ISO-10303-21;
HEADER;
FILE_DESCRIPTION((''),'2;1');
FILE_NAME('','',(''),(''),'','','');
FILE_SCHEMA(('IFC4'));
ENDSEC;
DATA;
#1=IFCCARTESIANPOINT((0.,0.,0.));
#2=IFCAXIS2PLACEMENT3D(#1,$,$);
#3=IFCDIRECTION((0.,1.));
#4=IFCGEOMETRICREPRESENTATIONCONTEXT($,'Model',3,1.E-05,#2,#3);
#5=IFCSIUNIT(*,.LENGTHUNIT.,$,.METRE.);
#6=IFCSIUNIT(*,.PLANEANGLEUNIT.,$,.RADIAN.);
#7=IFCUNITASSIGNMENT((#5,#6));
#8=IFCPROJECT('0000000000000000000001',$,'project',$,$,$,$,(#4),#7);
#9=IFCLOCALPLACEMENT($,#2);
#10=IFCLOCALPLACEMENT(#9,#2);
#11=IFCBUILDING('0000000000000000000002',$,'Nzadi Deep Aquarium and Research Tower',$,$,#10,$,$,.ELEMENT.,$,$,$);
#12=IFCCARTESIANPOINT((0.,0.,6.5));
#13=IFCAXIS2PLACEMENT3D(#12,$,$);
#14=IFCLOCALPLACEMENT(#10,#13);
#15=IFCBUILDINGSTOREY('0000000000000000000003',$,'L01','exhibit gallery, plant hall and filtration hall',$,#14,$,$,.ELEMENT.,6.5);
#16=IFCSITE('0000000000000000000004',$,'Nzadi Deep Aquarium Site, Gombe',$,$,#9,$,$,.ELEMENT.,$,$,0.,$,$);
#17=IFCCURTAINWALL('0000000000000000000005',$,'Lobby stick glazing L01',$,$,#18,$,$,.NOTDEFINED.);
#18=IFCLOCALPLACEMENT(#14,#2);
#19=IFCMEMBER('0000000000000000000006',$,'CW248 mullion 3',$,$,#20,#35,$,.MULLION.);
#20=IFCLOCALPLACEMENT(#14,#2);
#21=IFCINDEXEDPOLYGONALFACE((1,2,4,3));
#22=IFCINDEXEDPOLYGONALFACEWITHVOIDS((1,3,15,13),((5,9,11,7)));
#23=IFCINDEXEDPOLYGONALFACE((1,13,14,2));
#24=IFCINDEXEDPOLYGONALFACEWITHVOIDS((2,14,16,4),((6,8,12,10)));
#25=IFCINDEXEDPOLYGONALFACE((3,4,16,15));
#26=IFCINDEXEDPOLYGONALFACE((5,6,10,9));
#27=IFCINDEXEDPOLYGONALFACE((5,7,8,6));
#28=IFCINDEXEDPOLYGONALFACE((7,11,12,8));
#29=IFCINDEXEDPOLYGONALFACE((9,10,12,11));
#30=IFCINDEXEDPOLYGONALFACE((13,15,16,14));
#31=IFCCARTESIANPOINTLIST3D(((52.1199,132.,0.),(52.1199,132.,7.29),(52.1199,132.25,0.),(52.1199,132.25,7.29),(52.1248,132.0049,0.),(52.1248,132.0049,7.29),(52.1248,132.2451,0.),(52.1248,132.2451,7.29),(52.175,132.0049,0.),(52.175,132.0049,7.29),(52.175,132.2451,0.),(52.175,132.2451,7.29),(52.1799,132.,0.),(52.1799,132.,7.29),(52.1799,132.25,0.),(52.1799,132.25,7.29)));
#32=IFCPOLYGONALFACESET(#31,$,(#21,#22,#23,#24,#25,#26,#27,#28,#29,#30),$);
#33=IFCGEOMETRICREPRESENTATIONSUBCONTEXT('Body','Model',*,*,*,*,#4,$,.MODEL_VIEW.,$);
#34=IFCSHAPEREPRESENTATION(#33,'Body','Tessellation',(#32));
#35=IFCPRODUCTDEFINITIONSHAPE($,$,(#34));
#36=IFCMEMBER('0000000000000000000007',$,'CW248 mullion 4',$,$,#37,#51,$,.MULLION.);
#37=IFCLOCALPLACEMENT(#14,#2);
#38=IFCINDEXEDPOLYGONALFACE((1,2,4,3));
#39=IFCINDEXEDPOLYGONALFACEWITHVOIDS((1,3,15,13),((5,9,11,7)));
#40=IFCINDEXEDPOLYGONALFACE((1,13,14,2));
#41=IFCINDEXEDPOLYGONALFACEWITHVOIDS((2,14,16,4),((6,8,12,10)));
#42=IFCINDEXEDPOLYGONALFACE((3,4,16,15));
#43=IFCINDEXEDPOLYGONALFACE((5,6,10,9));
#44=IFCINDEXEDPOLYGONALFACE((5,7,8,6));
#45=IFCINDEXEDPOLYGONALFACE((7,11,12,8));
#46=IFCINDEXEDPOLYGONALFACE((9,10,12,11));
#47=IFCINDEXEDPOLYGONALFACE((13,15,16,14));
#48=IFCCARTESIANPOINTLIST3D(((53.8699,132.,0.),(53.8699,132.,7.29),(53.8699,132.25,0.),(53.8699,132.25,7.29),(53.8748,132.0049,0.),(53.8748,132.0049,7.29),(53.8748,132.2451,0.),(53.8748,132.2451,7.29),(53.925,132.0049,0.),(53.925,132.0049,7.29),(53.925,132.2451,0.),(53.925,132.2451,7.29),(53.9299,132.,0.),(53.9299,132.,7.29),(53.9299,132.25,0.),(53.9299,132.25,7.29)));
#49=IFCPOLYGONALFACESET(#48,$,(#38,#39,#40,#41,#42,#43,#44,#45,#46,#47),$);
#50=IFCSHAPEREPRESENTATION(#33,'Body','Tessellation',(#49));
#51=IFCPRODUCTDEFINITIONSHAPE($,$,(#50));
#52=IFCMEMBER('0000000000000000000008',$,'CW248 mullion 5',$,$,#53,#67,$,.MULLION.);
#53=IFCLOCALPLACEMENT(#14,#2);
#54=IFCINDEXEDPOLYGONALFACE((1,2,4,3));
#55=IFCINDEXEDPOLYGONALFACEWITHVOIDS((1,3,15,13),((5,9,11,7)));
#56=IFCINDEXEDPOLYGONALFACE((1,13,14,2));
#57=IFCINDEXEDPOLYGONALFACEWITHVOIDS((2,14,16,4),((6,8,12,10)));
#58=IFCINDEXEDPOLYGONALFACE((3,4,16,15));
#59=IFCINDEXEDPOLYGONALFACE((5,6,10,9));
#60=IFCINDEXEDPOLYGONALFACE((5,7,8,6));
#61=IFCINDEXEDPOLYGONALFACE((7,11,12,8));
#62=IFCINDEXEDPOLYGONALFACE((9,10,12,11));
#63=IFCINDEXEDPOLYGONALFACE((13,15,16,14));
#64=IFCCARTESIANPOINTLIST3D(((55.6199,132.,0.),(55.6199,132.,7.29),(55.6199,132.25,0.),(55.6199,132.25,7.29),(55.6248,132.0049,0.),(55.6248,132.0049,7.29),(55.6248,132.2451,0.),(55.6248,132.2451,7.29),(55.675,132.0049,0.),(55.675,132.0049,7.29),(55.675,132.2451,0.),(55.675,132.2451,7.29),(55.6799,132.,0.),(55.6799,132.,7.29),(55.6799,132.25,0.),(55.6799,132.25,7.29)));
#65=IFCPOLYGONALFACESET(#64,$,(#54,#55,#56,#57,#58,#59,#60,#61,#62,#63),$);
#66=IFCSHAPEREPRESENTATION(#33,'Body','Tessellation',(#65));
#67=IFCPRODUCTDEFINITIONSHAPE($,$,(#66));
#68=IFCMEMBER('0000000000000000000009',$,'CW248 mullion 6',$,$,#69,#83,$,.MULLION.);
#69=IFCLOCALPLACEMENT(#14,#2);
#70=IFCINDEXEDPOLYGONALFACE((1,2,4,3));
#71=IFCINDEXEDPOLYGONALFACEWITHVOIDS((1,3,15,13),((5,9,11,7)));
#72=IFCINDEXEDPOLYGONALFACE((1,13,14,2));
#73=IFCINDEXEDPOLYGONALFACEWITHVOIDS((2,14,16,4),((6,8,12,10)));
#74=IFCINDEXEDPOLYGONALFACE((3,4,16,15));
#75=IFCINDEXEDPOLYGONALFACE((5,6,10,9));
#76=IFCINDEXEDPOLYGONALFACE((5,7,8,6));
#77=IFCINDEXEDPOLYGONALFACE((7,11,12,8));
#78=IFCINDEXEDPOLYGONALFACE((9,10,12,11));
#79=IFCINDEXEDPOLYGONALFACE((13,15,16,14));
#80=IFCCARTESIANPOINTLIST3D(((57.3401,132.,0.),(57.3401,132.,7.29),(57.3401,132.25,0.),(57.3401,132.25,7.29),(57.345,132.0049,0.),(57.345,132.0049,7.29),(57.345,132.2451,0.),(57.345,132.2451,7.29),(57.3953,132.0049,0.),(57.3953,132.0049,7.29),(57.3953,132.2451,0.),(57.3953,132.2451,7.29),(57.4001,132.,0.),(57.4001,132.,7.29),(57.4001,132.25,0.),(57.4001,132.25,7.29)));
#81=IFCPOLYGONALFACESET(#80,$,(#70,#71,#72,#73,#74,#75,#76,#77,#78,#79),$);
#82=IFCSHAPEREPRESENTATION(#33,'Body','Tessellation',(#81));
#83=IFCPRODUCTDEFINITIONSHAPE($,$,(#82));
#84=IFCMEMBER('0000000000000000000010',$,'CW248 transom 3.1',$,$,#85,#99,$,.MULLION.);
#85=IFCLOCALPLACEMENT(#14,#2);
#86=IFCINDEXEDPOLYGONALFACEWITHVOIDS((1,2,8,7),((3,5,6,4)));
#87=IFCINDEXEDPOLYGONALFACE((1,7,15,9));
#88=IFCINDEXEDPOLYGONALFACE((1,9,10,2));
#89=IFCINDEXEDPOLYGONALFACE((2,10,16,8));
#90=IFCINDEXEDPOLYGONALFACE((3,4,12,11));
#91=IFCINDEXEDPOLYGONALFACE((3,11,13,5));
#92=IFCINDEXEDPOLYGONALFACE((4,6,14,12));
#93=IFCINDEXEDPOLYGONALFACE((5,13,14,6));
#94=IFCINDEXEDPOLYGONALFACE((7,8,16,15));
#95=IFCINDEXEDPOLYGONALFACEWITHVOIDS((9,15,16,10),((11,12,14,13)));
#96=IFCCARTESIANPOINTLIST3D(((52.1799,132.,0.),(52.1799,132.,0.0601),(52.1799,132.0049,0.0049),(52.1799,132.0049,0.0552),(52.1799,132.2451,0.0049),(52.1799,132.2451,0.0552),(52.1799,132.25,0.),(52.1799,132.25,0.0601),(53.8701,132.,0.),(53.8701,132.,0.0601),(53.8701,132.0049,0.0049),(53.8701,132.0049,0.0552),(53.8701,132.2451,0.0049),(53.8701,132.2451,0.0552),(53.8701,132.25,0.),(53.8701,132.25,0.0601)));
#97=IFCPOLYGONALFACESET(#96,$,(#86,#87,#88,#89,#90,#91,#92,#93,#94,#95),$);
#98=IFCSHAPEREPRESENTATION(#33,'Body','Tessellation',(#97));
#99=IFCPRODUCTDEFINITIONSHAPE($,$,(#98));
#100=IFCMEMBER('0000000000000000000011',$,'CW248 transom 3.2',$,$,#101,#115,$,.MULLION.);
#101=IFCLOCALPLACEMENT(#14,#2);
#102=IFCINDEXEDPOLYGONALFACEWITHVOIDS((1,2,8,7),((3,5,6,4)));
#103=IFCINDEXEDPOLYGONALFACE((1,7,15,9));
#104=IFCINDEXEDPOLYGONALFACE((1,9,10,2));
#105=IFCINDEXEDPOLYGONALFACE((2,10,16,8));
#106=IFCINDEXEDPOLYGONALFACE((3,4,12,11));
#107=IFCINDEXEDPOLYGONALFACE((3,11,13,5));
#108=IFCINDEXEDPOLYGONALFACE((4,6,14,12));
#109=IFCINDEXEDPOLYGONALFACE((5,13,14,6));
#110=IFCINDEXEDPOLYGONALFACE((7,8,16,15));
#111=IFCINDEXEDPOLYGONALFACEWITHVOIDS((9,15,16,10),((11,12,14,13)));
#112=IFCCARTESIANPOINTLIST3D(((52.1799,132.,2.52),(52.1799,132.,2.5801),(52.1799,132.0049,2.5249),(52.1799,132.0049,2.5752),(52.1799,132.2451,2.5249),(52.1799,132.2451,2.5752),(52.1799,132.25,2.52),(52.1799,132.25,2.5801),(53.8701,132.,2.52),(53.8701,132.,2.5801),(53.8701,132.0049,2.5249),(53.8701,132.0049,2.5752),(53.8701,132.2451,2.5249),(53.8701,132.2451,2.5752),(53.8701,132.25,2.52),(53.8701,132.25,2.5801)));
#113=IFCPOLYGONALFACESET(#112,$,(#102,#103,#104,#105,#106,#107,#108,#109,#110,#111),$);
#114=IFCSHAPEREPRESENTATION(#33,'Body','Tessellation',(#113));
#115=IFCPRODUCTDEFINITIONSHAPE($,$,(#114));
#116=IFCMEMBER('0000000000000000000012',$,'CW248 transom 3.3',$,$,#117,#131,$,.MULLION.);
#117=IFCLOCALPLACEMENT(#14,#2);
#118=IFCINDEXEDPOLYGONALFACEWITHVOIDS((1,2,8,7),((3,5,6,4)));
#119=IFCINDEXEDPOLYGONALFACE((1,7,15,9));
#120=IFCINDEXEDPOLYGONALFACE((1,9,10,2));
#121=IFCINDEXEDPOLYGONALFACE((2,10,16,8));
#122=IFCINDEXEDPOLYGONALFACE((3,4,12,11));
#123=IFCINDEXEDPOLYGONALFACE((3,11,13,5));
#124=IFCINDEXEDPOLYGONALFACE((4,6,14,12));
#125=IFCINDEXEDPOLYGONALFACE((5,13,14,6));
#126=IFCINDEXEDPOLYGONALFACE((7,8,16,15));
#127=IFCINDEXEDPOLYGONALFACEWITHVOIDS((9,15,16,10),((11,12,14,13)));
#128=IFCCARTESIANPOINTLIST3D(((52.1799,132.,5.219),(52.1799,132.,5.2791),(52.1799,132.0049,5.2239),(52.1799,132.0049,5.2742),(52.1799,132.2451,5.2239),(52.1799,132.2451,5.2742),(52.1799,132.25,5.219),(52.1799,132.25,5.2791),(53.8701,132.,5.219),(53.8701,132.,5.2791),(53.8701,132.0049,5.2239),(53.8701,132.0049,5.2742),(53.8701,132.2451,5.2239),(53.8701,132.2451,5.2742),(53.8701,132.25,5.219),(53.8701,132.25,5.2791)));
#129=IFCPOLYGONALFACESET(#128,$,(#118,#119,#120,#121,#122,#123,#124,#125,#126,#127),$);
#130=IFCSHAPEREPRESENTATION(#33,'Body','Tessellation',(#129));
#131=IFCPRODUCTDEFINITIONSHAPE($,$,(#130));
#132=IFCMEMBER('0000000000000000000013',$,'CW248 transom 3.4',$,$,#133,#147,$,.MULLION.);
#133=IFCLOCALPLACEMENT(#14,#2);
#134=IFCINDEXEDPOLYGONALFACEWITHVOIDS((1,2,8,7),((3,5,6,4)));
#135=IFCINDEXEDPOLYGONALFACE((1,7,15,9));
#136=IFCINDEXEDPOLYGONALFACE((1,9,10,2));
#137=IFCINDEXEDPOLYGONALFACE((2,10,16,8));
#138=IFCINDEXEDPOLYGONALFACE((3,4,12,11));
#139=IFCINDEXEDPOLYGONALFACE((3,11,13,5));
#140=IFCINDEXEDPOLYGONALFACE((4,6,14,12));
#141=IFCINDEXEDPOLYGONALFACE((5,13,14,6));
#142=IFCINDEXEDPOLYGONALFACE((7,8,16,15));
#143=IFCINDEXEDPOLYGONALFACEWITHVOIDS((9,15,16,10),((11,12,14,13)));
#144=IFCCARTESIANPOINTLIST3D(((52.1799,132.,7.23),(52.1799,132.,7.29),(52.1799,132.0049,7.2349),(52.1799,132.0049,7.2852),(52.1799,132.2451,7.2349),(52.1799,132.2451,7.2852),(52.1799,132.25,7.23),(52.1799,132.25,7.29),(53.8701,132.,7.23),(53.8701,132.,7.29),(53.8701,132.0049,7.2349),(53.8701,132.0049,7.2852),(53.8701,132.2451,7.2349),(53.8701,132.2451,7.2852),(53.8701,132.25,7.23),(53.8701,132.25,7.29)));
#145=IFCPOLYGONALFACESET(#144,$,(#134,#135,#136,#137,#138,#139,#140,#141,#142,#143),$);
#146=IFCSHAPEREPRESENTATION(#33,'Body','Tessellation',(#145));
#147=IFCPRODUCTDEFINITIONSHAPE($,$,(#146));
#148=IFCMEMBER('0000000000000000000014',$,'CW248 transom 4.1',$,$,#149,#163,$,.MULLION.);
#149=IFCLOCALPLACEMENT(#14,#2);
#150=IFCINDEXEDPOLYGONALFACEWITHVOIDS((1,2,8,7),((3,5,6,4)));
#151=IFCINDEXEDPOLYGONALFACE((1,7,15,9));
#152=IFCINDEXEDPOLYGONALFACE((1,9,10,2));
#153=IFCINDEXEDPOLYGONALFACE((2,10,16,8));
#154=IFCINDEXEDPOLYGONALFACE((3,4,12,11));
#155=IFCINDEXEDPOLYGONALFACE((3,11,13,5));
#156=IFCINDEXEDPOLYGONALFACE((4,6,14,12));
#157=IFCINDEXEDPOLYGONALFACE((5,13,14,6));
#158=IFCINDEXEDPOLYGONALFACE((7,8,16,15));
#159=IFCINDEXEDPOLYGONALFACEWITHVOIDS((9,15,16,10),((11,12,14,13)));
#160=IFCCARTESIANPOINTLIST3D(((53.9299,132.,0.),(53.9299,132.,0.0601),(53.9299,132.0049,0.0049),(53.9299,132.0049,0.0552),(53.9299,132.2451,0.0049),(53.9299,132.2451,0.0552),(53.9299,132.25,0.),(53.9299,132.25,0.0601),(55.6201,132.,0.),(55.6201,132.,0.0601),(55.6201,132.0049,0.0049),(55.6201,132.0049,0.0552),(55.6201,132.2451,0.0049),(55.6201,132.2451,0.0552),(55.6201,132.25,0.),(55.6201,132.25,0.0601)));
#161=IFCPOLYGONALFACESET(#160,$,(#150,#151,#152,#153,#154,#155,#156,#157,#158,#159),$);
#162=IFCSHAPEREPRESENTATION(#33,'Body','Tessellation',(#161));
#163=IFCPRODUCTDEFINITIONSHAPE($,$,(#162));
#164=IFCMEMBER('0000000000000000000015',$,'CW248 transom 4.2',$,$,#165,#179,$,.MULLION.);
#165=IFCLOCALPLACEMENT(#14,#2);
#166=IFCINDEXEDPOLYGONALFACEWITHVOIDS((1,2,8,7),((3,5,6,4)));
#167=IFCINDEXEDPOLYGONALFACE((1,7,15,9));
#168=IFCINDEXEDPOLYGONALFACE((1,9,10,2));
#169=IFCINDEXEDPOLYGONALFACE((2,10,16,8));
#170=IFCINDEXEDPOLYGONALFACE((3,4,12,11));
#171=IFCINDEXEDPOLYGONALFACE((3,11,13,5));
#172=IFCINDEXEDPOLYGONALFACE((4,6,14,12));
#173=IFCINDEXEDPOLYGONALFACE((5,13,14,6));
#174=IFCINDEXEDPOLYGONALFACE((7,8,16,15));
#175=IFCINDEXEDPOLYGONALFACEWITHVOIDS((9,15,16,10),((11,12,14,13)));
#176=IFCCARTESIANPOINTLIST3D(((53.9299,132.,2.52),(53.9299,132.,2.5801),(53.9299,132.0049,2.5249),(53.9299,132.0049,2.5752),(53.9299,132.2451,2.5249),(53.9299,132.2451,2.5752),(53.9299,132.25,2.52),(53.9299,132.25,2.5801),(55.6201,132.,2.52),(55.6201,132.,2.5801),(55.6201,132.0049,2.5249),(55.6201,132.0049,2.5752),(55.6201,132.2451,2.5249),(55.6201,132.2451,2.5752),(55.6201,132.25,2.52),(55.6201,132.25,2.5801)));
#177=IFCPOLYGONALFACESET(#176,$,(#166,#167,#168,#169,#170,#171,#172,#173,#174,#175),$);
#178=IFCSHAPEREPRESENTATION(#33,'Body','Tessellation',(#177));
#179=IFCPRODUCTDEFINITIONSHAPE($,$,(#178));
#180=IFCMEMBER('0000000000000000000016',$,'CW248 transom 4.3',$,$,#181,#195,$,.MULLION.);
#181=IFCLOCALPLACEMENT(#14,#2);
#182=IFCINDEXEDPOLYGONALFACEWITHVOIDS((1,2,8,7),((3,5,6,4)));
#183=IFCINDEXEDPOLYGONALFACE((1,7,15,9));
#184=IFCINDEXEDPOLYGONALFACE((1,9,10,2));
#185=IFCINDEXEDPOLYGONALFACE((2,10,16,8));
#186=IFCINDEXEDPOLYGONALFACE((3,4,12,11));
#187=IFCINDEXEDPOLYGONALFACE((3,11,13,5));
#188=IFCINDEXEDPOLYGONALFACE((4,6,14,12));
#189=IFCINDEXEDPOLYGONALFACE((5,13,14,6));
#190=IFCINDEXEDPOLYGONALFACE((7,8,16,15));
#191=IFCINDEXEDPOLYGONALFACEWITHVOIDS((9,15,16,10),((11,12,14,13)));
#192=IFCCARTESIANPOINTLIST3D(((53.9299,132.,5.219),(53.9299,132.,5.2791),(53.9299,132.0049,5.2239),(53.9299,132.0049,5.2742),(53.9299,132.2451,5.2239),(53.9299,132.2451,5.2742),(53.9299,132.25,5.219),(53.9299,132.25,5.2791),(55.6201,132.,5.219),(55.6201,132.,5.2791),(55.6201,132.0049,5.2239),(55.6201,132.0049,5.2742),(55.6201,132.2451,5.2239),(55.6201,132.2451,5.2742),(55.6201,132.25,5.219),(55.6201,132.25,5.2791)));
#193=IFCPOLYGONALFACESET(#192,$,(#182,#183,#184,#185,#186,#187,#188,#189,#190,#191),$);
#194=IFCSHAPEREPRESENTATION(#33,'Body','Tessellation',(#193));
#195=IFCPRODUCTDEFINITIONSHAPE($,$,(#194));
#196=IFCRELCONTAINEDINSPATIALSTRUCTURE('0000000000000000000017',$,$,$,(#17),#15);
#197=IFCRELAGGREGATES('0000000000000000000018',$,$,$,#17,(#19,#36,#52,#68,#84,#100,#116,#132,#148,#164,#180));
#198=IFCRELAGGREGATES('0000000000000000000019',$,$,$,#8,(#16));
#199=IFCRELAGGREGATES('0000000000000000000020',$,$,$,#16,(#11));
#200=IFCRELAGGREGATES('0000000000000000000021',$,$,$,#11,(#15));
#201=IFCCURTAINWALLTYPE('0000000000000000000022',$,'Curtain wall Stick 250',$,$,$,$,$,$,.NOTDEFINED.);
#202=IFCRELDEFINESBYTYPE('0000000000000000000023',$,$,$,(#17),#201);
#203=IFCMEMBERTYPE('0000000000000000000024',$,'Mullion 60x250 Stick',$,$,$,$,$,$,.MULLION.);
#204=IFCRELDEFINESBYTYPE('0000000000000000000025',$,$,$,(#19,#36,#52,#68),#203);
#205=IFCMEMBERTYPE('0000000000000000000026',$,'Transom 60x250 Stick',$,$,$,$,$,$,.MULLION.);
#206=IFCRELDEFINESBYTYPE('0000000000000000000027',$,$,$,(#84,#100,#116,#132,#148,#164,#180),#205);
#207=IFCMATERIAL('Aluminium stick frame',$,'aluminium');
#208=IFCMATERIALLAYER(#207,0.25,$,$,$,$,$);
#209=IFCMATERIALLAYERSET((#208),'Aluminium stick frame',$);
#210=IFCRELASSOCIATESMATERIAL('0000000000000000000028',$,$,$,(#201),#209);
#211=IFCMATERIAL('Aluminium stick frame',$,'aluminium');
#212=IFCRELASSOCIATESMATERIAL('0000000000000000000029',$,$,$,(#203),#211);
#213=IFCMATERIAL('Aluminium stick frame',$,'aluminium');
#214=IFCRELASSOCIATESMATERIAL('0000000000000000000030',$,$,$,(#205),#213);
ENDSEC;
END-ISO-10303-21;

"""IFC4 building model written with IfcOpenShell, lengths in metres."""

from ifc_helpers import new_model, si_unit, direction, frame, origin, origin_2d, place, context, subcontext, project, spatial, hollow_rectangle, extrude, material, layer, layer_set, material_profile, profile_set, type_object, element, aggregate, save


model = new_model("IFC4")

# Units and contexts
model_context = context("Model", 3, precision=1e-05, world=origin(), true_north=direction((0.0, 1.0)))
body_context = subcontext(model_context, "Body", "Model", "MODEL_VIEW")
ifc_project = project(units=[si_unit("LENGTHUNIT", "METRE"), si_unit("PLANEANGLEUNIT", "RADIAN")], contexts=[model_context])

# Site, building, storey
site_placement = place(None, origin())
site = spatial("IfcSite", under=ifc_project, at=site_placement, Name="Nzadi Deep Aquarium Site, Gombe", CompositionType="ELEMENT", RefElevation=0.0)
building_placement = place(site_placement, origin())
building = spatial("IfcBuilding", under=site, at=building_placement, Name="Nzadi Deep Aquarium and Research Tower", CompositionType="ELEMENT")
storey_placement = place(building_placement, frame((0.0, 0.0, 6.5)))
storey = spatial("IfcBuildingStorey", under=building, at=storey_placement, Name="L01", Description="exhibit gallery, plant hall and filtration hall", CompositionType="ELEMENT", Elevation=6.5)

# Curtain wall, members
ifc_material_1 = material(Name="Aluminium stick frame", Category="aluminium")
ifc_layer_1 = layer(ifc_material_1, 0.25)
ifc_layer_set_1 = layer_set([ifc_layer_1], Name="Aluminium stick frame")
curtain_wall_type = type_object("IfcCurtainWallType", Name="Curtain wall Stick 250", PredefinedType="NOTDEFINED", material=ifc_layer_set_1)
curtain_wall_placement = place(storey_placement, origin())
curtain_wall = element("IfcCurtainWall", 1, at=curtain_wall_placement, inside=storey, type_object=curtain_wall_type, Name="Lobby stick glazing L01", PredefinedType="NOTDEFINED")
ifc_material_2 = material(Name="Aluminium stick frame", Category="aluminium")
ifc_material_profile_1 = material_profile(ifc_material_2, hollow_rectangle(XDim=0.25, YDim=0.0601, WallThickness=0.0049, at=origin_2d()))
ifc_profile_set_1 = profile_set([ifc_material_profile_1], Name="Aluminium stick frame")
member_type_1 = type_object("IfcMemberType", Name="Mullion 60x250 Stick", PredefinedType="MULLION", material=ifc_profile_set_1)
member_1_placement = place(storey_placement, frame((52.1499, 132.125, 0.0), z_axis=(0.0, 0.0, 1.0), x_axis=(0.0, 1.0, 0.0)))
member_1 = element("IfcMember", 2, at=member_1_placement, type_object=member_type_1, Name="CW248 mullion 3", PredefinedType="MULLION", context=body_context, shape_type="SweptSolid", body=[
    extrude(hollow_rectangle(XDim=0.25, YDim=0.0601, WallThickness=0.0049, at=origin_2d()), origin(), (0.0, 0.0, 1.0), 7.29),
])
member_2_placement = place(storey_placement, frame((53.8999, 132.125, 0.0), z_axis=(0.0, 0.0, 1.0), x_axis=(0.0, 1.0, 0.0)))
member_2 = element("IfcMember", 3, at=member_2_placement, type_object=member_type_1, Name="CW248 mullion 4", PredefinedType="MULLION", context=body_context, shape_type="SweptSolid", body=[
    extrude(hollow_rectangle(XDim=0.25, YDim=0.0601, WallThickness=0.0049, at=origin_2d()), origin(), (0.0, 0.0, 1.0), 7.29),
])
member_3_placement = place(storey_placement, frame((55.6499, 132.125, 0.0), z_axis=(0.0, 0.0, 1.0), x_axis=(0.0, 1.0, 0.0)))
member_3 = element("IfcMember", 4, at=member_3_placement, type_object=member_type_1, Name="CW248 mullion 5", PredefinedType="MULLION", context=body_context, shape_type="SweptSolid", body=[
    extrude(hollow_rectangle(XDim=0.25, YDim=0.0601, WallThickness=0.0049, at=origin_2d()), origin(), (0.0, 0.0, 1.0), 7.29),
])
member_4_placement = place(storey_placement, frame((57.3701, 132.125, 0.0), z_axis=(0.0, 0.0, 1.0), x_axis=(0.0, 1.0, 0.0)))
member_4 = element("IfcMember", 5, at=member_4_placement, type_object=member_type_1, Name="CW248 mullion 6", PredefinedType="MULLION", context=body_context, shape_type="SweptSolid", body=[
    extrude(hollow_rectangle(XDim=0.25, YDim=0.0601, WallThickness=0.0049, at=origin_2d()), origin(), (0.0, 0.0, 1.0), 7.29),
])
ifc_material_3 = material(Name="Aluminium stick frame", Category="aluminium")
ifc_material_profile_2 = material_profile(ifc_material_3, hollow_rectangle(XDim=0.25, YDim=0.0601, WallThickness=0.0049, at=origin_2d()))
ifc_profile_set_2 = profile_set([ifc_material_profile_2], Name="Aluminium stick frame")
member_type_2 = type_object("IfcMemberType", Name="Transom 60x250 Stick", PredefinedType="MULLION", material=ifc_profile_set_2)
member_5_placement = place(storey_placement, frame((52.1799, 132.125, 0.03), z_axis=(1.0, 0.0, 0.0), x_axis=(0.0, 1.0, 0.0)))
member_5 = element("IfcMember", 6, at=member_5_placement, type_object=member_type_2, Name="CW248 transom 3.1", PredefinedType="MULLION", context=body_context, shape_type="SweptSolid", body=[
    extrude(hollow_rectangle(XDim=0.25, YDim=0.0601, WallThickness=0.0049, at=origin_2d()), origin(), (0.0, 0.0, 1.0), 1.6902),
])
member_6_placement = place(storey_placement, frame((52.1799, 132.125, 2.55), z_axis=(1.0, 0.0, 0.0), x_axis=(0.0, 1.0, 0.0)))
member_6 = element("IfcMember", 7, at=member_6_placement, type_object=member_type_2, Name="CW248 transom 3.2", PredefinedType="MULLION", context=body_context, shape_type="SweptSolid", body=[
    extrude(hollow_rectangle(XDim=0.25, YDim=0.0601, WallThickness=0.0049, at=origin_2d()), origin(), (0.0, 0.0, 1.0), 1.6902),
])
member_7_placement = place(storey_placement, frame((52.1799, 132.125, 5.249), z_axis=(1.0, 0.0, 0.0), x_axis=(0.0, 1.0, 0.0)))
member_7 = element("IfcMember", 8, at=member_7_placement, type_object=member_type_2, Name="CW248 transom 3.3", PredefinedType="MULLION", context=body_context, shape_type="SweptSolid", body=[
    extrude(hollow_rectangle(XDim=0.25, YDim=0.0601, WallThickness=0.0049, at=origin_2d()), origin(), (0.0, 0.0, 1.0), 1.6902),
])
member_8_placement = place(storey_placement, frame((52.1799, 132.125, 7.26), z_axis=(1.0, 0.0, 0.0), x_axis=(0.0, 1.0, 0.0)))
member_8 = element("IfcMember", 9, at=member_8_placement, type_object=member_type_2, Name="CW248 transom 3.4", PredefinedType="MULLION", context=body_context, shape_type="SweptSolid", body=[
    extrude(hollow_rectangle(XDim=0.25, YDim=0.0601, WallThickness=0.0049, at=origin_2d()), origin(), (0.0, 0.0, 1.0), 1.6902),
])
member_9_placement = place(storey_placement, frame((53.9299, 132.125, 0.03), z_axis=(1.0, 0.0, 0.0), x_axis=(0.0, 1.0, 0.0)))
member_9 = element("IfcMember", 10, at=member_9_placement, type_object=member_type_2, Name="CW248 transom 4.1", PredefinedType="MULLION", context=body_context, shape_type="SweptSolid", body=[
    extrude(hollow_rectangle(XDim=0.25, YDim=0.0601, WallThickness=0.0049, at=origin_2d()), origin(), (0.0, 0.0, 1.0), 1.6902),
])
member_10_placement = place(storey_placement, frame((53.9299, 132.125, 2.55), z_axis=(1.0, 0.0, 0.0), x_axis=(0.0, 1.0, 0.0)))
member_10 = element("IfcMember", 11, at=member_10_placement, type_object=member_type_2, Name="CW248 transom 4.2", PredefinedType="MULLION", context=body_context, shape_type="SweptSolid", body=[
    extrude(hollow_rectangle(XDim=0.25, YDim=0.0601, WallThickness=0.0049, at=origin_2d()), origin(), (0.0, 0.0, 1.0), 1.6902),
])
member_11_placement = place(storey_placement, frame((53.9299, 132.125, 5.249), z_axis=(1.0, 0.0, 0.0), x_axis=(0.0, 1.0, 0.0)))
member_11 = element("IfcMember", 12, at=member_11_placement, type_object=member_type_2, Name="CW248 transom 4.3", PredefinedType="MULLION", context=body_context, shape_type="SweptSolid", body=[
    extrude(hollow_rectangle(XDim=0.25, YDim=0.0601, WallThickness=0.0049, at=origin_2d()), origin(), (0.0, 0.0, 1.0), 1.6902),
])
aggregate(curtain_wall, [member_1, member_2, member_3, member_4, member_5, member_6, member_7, member_8, member_9, member_10, member_11])

save(model, "model.ifc")
